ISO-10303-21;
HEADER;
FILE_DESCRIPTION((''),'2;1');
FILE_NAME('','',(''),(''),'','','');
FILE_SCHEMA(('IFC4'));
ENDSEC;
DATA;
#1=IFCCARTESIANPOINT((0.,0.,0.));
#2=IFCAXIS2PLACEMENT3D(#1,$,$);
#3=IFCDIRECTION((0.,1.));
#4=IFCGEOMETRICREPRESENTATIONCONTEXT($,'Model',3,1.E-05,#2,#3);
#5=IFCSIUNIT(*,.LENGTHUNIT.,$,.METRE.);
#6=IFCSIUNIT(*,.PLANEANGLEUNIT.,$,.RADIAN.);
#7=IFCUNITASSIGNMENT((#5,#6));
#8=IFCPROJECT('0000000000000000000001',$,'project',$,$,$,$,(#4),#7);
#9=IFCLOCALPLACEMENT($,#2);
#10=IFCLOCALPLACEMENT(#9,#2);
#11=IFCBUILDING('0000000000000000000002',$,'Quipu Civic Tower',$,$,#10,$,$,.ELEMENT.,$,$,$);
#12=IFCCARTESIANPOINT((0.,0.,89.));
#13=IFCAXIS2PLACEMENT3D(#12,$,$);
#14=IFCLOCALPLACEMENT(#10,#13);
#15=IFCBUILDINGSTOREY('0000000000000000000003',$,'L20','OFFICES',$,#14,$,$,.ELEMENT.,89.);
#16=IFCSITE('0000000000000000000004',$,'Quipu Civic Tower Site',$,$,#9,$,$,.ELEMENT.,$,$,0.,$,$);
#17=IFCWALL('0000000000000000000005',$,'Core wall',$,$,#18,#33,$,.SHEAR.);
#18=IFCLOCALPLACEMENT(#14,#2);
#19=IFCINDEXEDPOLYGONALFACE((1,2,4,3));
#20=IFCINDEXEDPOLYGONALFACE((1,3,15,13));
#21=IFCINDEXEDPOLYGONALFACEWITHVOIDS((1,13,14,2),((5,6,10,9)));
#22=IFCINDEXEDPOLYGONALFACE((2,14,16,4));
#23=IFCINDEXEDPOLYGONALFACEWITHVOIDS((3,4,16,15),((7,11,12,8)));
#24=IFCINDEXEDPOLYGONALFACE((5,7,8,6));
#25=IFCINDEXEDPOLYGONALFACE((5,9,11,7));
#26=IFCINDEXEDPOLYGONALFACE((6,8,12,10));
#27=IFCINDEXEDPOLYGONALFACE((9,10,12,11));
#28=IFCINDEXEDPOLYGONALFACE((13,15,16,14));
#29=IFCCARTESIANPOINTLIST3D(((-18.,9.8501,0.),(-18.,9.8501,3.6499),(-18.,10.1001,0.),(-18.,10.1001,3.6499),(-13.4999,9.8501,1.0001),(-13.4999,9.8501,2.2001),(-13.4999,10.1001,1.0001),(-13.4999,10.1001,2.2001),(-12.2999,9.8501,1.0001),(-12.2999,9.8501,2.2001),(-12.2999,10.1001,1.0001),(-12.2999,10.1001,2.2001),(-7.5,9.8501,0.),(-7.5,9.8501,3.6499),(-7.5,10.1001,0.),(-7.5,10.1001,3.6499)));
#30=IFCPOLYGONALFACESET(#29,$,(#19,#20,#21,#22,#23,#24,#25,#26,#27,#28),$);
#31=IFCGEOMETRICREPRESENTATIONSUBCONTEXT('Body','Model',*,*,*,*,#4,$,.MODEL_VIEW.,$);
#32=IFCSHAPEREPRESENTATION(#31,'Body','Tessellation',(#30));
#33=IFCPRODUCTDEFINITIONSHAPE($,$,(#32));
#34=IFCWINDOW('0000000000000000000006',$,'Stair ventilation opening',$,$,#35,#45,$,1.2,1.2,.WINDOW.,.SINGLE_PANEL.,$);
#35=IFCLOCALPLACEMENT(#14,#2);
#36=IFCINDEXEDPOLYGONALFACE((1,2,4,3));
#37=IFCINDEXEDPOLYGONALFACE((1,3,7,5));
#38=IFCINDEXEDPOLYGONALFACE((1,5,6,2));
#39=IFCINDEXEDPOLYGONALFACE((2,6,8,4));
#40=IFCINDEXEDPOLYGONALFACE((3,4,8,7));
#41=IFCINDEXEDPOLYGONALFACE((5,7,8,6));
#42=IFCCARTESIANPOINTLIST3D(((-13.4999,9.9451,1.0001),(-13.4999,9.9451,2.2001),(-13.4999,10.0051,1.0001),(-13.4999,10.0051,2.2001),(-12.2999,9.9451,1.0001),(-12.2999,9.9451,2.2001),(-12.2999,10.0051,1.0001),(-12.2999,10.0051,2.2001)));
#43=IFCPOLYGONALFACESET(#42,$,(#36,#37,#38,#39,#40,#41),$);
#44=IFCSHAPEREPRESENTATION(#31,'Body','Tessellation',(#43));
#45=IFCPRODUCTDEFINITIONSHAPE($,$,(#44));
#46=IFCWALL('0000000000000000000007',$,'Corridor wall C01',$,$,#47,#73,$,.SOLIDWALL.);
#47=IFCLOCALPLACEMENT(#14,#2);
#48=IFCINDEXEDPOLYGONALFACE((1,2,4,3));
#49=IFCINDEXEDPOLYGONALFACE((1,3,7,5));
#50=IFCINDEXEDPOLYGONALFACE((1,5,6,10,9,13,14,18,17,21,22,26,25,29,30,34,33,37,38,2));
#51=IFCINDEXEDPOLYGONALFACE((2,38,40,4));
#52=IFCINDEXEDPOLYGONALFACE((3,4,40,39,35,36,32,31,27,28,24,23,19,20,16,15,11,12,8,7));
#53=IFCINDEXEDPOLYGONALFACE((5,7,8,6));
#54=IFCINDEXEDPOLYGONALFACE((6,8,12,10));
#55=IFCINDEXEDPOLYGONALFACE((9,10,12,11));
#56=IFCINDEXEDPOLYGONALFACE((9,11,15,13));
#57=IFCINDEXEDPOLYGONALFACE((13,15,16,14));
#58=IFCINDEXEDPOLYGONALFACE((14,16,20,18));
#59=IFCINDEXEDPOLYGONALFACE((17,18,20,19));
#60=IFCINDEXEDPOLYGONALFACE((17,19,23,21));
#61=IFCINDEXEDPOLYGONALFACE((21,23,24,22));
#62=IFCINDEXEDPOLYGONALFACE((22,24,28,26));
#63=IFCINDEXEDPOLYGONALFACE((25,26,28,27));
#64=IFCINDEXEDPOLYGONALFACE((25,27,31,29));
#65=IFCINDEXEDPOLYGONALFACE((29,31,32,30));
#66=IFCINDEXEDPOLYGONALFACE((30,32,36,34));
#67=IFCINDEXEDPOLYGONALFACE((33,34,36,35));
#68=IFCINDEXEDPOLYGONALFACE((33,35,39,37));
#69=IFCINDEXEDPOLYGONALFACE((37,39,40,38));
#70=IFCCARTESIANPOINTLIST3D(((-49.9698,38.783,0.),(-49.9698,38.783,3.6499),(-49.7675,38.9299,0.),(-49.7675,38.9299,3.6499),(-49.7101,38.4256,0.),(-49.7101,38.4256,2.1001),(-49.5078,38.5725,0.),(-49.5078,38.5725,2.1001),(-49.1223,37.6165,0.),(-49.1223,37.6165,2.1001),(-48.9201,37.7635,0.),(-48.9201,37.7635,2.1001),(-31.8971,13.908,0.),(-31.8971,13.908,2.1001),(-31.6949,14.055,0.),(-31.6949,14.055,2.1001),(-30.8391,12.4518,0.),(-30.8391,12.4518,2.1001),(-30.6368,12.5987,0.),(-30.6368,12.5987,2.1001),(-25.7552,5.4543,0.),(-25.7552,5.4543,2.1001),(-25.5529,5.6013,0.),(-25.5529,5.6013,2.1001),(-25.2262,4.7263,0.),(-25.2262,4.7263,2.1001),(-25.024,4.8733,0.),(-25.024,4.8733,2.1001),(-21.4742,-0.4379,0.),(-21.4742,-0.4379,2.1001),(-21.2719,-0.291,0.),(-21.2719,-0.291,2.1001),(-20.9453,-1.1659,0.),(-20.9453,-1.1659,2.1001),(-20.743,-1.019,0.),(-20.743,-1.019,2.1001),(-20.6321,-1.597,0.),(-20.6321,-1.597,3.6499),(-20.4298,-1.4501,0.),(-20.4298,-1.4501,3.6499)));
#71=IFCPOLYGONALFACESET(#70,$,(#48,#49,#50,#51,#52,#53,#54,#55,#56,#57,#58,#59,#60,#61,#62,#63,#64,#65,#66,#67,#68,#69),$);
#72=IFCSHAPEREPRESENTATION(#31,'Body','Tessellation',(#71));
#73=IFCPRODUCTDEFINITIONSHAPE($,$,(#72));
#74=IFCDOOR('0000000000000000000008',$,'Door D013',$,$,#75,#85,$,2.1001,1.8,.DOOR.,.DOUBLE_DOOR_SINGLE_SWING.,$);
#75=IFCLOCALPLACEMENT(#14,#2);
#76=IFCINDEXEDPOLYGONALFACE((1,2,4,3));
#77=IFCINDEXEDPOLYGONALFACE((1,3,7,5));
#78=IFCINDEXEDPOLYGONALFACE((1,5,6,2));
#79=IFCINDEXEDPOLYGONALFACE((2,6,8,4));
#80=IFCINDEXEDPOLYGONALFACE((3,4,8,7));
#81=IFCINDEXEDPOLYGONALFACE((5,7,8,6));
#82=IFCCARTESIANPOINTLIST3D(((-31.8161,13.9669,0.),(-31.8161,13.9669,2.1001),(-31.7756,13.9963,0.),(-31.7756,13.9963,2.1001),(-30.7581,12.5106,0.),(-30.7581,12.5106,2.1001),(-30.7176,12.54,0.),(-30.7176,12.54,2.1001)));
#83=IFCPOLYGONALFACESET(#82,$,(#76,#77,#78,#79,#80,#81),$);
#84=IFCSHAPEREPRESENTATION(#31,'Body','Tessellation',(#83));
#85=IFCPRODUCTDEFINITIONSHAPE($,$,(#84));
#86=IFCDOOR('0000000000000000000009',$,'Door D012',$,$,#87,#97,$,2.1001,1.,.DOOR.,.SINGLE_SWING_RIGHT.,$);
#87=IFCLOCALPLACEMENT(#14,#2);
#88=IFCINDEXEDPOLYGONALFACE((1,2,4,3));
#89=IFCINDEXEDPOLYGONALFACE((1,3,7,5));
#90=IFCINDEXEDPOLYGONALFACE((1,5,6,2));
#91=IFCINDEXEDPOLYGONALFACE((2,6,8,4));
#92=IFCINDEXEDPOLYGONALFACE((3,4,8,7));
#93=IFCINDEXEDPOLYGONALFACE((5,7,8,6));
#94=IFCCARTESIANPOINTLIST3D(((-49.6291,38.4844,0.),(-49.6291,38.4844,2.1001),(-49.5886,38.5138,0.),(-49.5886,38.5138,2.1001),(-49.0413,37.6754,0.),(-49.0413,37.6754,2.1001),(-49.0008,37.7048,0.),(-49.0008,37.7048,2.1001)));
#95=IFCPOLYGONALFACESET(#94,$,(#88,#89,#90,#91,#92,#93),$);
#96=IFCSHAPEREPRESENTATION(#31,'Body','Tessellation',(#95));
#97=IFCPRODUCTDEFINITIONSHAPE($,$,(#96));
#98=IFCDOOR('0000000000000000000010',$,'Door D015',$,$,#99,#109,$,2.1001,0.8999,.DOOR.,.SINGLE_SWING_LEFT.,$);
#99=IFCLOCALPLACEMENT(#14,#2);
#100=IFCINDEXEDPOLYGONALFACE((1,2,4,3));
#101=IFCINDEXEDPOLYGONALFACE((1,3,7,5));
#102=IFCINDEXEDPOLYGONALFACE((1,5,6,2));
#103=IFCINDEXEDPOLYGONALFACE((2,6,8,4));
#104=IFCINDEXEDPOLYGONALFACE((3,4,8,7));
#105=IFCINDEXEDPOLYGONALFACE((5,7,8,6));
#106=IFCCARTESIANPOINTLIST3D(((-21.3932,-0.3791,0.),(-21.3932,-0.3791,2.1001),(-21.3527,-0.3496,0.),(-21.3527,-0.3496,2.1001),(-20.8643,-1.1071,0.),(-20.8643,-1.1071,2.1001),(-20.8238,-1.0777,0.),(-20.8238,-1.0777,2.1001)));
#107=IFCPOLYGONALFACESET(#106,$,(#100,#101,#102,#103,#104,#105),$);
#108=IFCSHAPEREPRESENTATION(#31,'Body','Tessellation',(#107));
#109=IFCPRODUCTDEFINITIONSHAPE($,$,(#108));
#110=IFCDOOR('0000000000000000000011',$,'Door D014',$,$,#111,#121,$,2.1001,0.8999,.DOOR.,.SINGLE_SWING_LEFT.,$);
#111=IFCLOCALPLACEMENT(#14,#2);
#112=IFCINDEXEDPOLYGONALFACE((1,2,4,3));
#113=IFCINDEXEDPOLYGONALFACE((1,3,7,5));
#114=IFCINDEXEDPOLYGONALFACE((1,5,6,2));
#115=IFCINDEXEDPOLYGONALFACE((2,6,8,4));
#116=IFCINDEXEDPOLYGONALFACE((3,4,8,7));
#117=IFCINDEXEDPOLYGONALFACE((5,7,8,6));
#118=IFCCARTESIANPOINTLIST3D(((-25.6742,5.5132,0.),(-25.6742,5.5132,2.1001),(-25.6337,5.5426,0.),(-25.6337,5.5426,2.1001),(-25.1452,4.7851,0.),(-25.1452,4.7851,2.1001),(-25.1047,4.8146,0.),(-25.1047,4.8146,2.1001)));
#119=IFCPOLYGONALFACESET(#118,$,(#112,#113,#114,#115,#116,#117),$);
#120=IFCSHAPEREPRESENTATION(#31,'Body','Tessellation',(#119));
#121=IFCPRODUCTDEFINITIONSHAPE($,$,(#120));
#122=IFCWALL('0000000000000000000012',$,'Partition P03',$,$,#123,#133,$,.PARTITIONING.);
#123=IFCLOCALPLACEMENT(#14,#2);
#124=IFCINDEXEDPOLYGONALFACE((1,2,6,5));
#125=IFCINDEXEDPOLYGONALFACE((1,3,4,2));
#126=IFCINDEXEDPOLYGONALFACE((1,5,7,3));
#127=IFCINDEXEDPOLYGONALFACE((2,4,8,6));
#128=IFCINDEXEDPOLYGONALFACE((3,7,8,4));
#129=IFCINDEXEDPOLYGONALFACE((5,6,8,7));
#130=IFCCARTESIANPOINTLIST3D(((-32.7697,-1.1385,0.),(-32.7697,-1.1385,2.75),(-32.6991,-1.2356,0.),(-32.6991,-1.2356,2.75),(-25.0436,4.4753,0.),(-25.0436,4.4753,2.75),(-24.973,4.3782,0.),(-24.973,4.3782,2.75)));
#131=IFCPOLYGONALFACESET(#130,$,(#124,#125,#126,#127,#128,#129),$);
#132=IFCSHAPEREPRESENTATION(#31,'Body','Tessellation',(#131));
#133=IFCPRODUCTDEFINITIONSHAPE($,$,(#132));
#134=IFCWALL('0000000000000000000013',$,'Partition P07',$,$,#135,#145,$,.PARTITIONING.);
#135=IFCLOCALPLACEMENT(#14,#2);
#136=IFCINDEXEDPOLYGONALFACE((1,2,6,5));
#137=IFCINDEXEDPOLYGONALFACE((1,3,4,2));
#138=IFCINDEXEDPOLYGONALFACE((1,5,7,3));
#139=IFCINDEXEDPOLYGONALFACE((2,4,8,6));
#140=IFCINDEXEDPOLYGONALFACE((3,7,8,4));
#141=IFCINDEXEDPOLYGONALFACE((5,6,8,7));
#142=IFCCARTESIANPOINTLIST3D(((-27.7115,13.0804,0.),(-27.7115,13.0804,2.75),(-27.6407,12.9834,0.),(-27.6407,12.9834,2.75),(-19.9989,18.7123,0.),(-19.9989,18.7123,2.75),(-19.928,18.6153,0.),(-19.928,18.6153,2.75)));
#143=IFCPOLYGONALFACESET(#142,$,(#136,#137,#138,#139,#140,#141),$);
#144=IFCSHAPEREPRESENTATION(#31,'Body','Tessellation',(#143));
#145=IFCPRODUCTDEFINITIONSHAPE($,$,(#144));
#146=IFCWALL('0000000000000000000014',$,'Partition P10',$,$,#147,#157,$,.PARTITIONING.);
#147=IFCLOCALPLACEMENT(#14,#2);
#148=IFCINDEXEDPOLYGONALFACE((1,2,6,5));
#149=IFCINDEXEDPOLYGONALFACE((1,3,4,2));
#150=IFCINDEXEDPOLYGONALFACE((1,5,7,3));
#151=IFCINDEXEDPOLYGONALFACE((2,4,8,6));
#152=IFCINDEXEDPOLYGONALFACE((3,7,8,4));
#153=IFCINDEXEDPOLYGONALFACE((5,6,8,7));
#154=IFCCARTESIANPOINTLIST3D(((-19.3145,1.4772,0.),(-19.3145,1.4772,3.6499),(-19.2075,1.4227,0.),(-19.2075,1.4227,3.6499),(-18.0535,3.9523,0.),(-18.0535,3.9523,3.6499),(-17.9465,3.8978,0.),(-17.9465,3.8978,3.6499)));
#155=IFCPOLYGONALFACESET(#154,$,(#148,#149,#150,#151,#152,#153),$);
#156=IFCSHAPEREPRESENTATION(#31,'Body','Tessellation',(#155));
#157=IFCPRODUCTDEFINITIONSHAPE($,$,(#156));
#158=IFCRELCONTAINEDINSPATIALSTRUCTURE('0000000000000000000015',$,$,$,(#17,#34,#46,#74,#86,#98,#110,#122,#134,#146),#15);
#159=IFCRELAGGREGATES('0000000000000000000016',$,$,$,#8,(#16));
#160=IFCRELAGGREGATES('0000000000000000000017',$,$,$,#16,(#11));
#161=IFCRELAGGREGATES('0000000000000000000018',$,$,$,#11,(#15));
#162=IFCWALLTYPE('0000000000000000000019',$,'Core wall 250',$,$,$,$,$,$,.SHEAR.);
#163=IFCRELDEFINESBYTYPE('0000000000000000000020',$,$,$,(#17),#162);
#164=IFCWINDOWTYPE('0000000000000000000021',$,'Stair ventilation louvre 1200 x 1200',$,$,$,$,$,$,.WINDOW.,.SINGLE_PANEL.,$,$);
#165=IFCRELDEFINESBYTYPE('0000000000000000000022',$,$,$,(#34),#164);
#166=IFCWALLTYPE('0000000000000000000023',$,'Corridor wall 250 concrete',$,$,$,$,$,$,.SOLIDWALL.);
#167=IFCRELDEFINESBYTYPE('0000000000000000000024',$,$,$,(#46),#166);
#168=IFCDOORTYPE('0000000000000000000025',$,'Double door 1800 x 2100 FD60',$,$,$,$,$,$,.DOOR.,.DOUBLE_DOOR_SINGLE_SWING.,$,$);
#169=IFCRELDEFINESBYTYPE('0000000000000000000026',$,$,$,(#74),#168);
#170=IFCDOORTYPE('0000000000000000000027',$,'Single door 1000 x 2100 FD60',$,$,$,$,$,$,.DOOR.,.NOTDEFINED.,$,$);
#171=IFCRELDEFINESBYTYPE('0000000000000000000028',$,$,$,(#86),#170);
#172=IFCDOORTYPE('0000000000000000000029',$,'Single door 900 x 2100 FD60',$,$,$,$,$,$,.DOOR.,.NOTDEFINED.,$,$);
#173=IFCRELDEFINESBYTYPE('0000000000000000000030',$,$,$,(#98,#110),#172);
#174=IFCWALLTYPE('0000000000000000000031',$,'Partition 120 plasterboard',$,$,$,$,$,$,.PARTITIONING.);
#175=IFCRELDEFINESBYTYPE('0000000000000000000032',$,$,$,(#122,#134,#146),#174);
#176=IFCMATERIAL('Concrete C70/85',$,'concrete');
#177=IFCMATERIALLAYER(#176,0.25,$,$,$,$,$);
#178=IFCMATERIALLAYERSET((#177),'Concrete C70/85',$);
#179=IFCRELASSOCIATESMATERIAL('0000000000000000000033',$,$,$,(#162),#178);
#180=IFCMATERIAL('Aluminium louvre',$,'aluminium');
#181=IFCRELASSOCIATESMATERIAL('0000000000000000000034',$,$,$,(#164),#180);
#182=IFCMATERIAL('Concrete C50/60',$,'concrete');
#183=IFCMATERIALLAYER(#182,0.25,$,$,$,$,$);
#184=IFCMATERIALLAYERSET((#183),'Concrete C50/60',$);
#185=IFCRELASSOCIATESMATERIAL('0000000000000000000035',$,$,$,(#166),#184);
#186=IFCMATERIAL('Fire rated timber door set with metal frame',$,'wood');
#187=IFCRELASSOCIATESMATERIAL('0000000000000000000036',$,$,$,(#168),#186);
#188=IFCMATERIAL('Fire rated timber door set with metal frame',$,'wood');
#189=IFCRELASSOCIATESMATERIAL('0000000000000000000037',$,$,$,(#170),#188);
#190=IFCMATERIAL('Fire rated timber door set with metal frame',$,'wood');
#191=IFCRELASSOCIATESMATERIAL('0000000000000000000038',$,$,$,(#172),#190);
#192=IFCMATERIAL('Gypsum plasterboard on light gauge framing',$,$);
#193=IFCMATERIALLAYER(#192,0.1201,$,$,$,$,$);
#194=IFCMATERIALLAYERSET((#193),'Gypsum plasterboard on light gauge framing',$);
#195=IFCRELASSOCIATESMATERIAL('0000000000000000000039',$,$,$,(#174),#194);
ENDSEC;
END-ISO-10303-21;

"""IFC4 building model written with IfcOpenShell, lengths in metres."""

from ifc_helpers import new_model, si_unit, direction, frame, frame_2d, origin, place, context, subcontext, project, spatial, rectangle, extrude, material, layer, layer_set, type_object, element, fill, save


model = new_model("IFC4")

# Units and contexts
model_context = context("Model", 3, precision=1e-05, world=origin(), true_north=direction((0.0, 1.0)))
body_context = subcontext(model_context, "Body", "Model", "MODEL_VIEW")
ifc_project = project(units=[si_unit("LENGTHUNIT", "METRE"), si_unit("PLANEANGLEUNIT", "RADIAN")], contexts=[model_context])

# Site, building, storey
site_placement = place(None, origin())
site = spatial("IfcSite", under=ifc_project, at=site_placement, Name="Quipu Civic Tower Site", CompositionType="ELEMENT", RefElevation=0.0)
building_placement = place(site_placement, origin())
building = spatial("IfcBuilding", under=site, at=building_placement, Name="Quipu Civic Tower", CompositionType="ELEMENT")
storey_placement = place(building_placement, frame((0.0, 0.0, 89.0)))
storey = spatial("IfcBuildingStorey", under=building, at=storey_placement, Name="L20", Description="OFFICES", CompositionType="ELEMENT", Elevation=89.0)

# Shared definitions
ifc_material_1 = material(Name="Concrete C70/85", Category="concrete")
ifc_layer_1 = layer(ifc_material_1, 0.25)
ifc_layer_set_1 = layer_set([ifc_layer_1], Name="Concrete C70/85")
wall_type_1 = type_object("IfcWallType", Name="Core wall 250", PredefinedType="SHEAR", material=ifc_layer_set_1)

# Wall, opening, window
wall_1_placement = place(storey_placement, frame((-18.0, 9.9751, 0.0), z_axis=(0.0, 0.0, 1.0), x_axis=(1.0, 0.0, 0.0)))
wall_1 = element("IfcWall", 1, at=wall_1_placement, inside=storey, type_object=wall_type_1, Name="Core wall", PredefinedType="SHEAR", context=body_context, shape_type="SweptSolid", body=[
    extrude(rectangle(XDim=10.5, YDim=0.25, at=frame_2d((5.25, 0.0))), origin(), (0.0, 0.0, 1.0), 3.6499),
])
opening_1_placement = place(wall_1_placement, frame((4.5, 0.0, 1.0)))
opening_1 = element("IfcOpeningElement", 2, at=opening_1_placement, cuts=wall_1, PredefinedType="OPENING", context=body_context, shape_type="SweptSolid", body=[
    extrude(rectangle(XDim=1.2, YDim=1.2, at=frame_2d((0.6001, 0.6001))), frame((0.0, 0.135, 0.0), z_axis=(0.0, -1.0, 0.0), x_axis=(1.0, 0.0, 0.0)), (0.0, 0.0, 1.0), 0.27),
])
ifc_material_2 = material(Name="Aluminium louvre", Category="aluminium")
window_type = type_object("IfcWindowType", Name="Stair ventilation louvre 1200 x 1200", PartitioningType="SINGLE_PANEL", PredefinedType="WINDOW", material=ifc_material_2)
window_placement = place(opening_1_placement, origin())
window = element("IfcWindow", 3, at=window_placement, inside=storey, type_object=window_type, Name="Stair ventilation opening", OverallHeight=1.2, OverallWidth=1.2, PartitioningType="SINGLE_PANEL", PredefinedType="WINDOW", context=body_context, shape_type="SweptSolid", body=[
    extrude(rectangle(XDim=1.2, YDim=1.2, at=frame_2d((0.6001, 0.6001))), frame((0.0, 0.03, 0.0), z_axis=(0.0, -1.0, 0.0), x_axis=(1.0, 0.0, 0.0)), (0.0, 0.0, 1.0), 0.0601),
])
fill(opening_1, window)

# Wall, openings, doors
ifc_material_3 = material(Name="Concrete C50/60", Category="concrete")
ifc_layer_2 = layer(ifc_material_3, 0.25)
ifc_layer_set_2 = layer_set([ifc_layer_2], Name="Concrete C50/60")
wall_type_2 = type_object("IfcWallType", Name="Corridor wall 250 concrete", PredefinedType="SOLIDWALL", material=ifc_layer_set_2)
wall_2_placement = place(storey_placement, frame((-20.531, -1.5234, 0.0), z_axis=(0.0, 0.0, 1.0), x_axis=(-0.587785, 0.809018, 0.0)))
wall_2 = element("IfcWall", 4, at=wall_2_placement, inside=storey, type_object=wall_type_2, Name="Corridor wall C01", PredefinedType="SOLIDWALL", context=body_context, shape_type="SweptSolid", body=[
    extrude(rectangle(XDim=49.9124, YDim=0.25, at=frame_2d((24.9561, 0.0))), origin(), (0.0, 0.0, 1.0), 3.6499),
])
opening_2_placement = place(wall_2_placement, frame((0.5327, 0.0, 0.0)))
opening_2 = element("IfcOpeningElement", 5, at=opening_2_placement, cuts=wall_2, PredefinedType="OPENING", context=body_context, shape_type="SweptSolid", body=[
    extrude(rectangle(XDim=0.8999, YDim=2.1001, at=frame_2d((0.45, 1.05))), frame((0.0, 0.135, 0.0), z_axis=(0.0, -1.0, 0.0), x_axis=(1.0, 0.0, 0.0)), (0.0, 0.0, 1.0), 0.27),
])
opening_3_placement = place(wall_2_placement, frame((48.4705, 0.0, 0.0)))
opening_3 = element("IfcOpeningElement", 6, at=opening_3_placement, cuts=wall_2, PredefinedType="OPENING", context=body_context, shape_type="SweptSolid", body=[
    extrude(rectangle(XDim=1.0, YDim=2.1001, at=frame_2d((0.5, 1.05))), frame((0.0, 0.135, 0.0), z_axis=(0.0, -1.0, 0.0), x_axis=(1.0, 0.0, 0.0)), (0.0, 0.0, 1.0), 0.27),
])
opening_4_placement = place(wall_2_placement, frame((17.3652, 0.0, 0.0)))
opening_4 = element("IfcOpeningElement", 7, at=opening_4_placement, cuts=wall_2, PredefinedType="OPENING", context=body_context, shape_type="SweptSolid", body=[
    extrude(rectangle(XDim=1.8, YDim=2.1001, at=frame_2d((0.8999, 1.05))), frame((0.0, 0.135, 0.0), z_axis=(0.0, -1.0, 0.0), x_axis=(1.0, 0.0, 0.0)), (0.0, 0.0, 1.0), 0.27),
])
opening_5_placement = place(wall_2_placement, frame((7.8159, 0.0, 0.0)))
opening_5 = element("IfcOpeningElement", 8, at=opening_5_placement, cuts=wall_2, PredefinedType="OPENING", context=body_context, shape_type="SweptSolid", body=[
    extrude(rectangle(XDim=0.8999, YDim=2.1001, at=frame_2d((0.45, 1.05))), frame((0.0, 0.135, 0.0), z_axis=(0.0, -1.0, 0.0), x_axis=(1.0, 0.0, 0.0)), (0.0, 0.0, 1.0), 0.27),
])
ifc_material_4 = material(Name="Fire rated timber door set with metal frame", Category="wood")
door_type_1 = type_object("IfcDoorType", Name="Double door 1800 x 2100 FD60", OperationType="DOUBLE_DOOR_SINGLE_SWING", PredefinedType="DOOR", material=ifc_material_4)
door_1_placement = place(opening_4_placement, origin())
door_1 = element("IfcDoor", 9, at=door_1_placement, inside=storey, type_object=door_type_1, Name="Door D013", OperationType="DOUBLE_DOOR_SINGLE_SWING", OverallHeight=2.1001, OverallWidth=1.8, PredefinedType="DOOR", context=body_context, shape_type="SweptSolid", body=[
    extrude(rectangle(XDim=1.8, YDim=2.1001, at=frame_2d((0.8999, 1.05))), frame((0.0, 0.0249, 0.0), z_axis=(0.0, -1.0, 0.0), x_axis=(1.0, 0.0, 0.0)), (0.0, 0.0, 1.0), 0.05),
])
fill(opening_4, door_1)
ifc_material_5 = material(Name="Fire rated timber door set with metal frame", Category="wood")
door_type_2 = type_object("IfcDoorType", Name="Single door 1000 x 2100 FD60", OperationType="NOTDEFINED", PredefinedType="DOOR", material=ifc_material_5)
door_2_placement = place(opening_3_placement, origin())
door_2 = element("IfcDoor", 10, at=door_2_placement, inside=storey, type_object=door_type_2, Name="Door D012", OperationType="SINGLE_SWING_RIGHT", OverallHeight=2.1001, OverallWidth=1.0, PredefinedType="DOOR", context=body_context, shape_type="SweptSolid", body=[
    extrude(rectangle(XDim=1.0, YDim=2.1001, at=frame_2d((0.5, 1.05))), frame((0.0, 0.0249, 0.0), z_axis=(0.0, -1.0, 0.0), x_axis=(1.0, 0.0, 0.0)), (0.0, 0.0, 1.0), 0.05),
])
fill(opening_3, door_2)
ifc_material_6 = material(Name="Fire rated timber door set with metal frame", Category="wood")
door_type_3 = type_object("IfcDoorType", Name="Single door 900 x 2100 FD60", OperationType="NOTDEFINED", PredefinedType="DOOR", material=ifc_material_6)
door_3_placement = place(opening_2_placement, origin())
door_3 = element("IfcDoor", 11, at=door_3_placement, inside=storey, type_object=door_type_3, Name="Door D015", OperationType="SINGLE_SWING_LEFT", OverallHeight=2.1001, OverallWidth=0.8999, PredefinedType="DOOR", context=body_context, shape_type="SweptSolid", body=[
    extrude(rectangle(XDim=0.8999, YDim=2.1001, at=frame_2d((0.45, 1.05))), frame((0.0, 0.0249, 0.0), z_axis=(0.0, -1.0, 0.0), x_axis=(1.0, 0.0, 0.0)), (0.0, 0.0, 1.0), 0.05),
])
fill(opening_2, door_3)
door_4_placement = place(opening_5_placement, origin())
door_4 = element("IfcDoor", 12, at=door_4_placement, inside=storey, type_object=door_type_3, Name="Door D014", OperationType="SINGLE_SWING_LEFT", OverallHeight=2.1001, OverallWidth=0.8999, PredefinedType="DOOR", context=body_context, shape_type="SweptSolid", body=[
    extrude(rectangle(XDim=0.8999, YDim=2.1001, at=frame_2d((0.45, 1.05))), frame((0.0, 0.0249, 0.0), z_axis=(0.0, -1.0, 0.0), x_axis=(1.0, 0.0, 0.0)), (0.0, 0.0, 1.0), 0.05),
])
fill(opening_5, door_4)

# Walls
ifc_material_7 = material(Name="Gypsum plasterboard on light gauge framing")
ifc_layer_3 = layer(ifc_material_7, 0.1201)
ifc_layer_set_3 = layer_set([ifc_layer_3], Name="Gypsum plasterboard on light gauge framing")
wall_type_3 = type_object("IfcWallType", Name="Partition 120 plasterboard", PredefinedType="PARTITIONING", material=ifc_layer_set_3)
wall_3_placement = place(storey_placement, frame((-25.0083, 4.4268, 0.0), z_axis=(0.0, 0.0, 1.0), x_axis=(-0.808995, -0.587816, 0.0)))
element("IfcWall", 13, at=wall_3_placement, inside=storey, type_object=wall_type_3, Name="Partition P03", PredefinedType="PARTITIONING", context=body_context, shape_type="SweptSolid", body=[
    extrude(rectangle(XDim=9.5503, YDim=0.1201, at=frame_2d((4.7751, 0.0))), origin(), (0.0, 0.0, 1.0), 2.75),
])
wall_4_placement = place(storey_placement, frame((-27.676, 13.032, 0.0), z_axis=(0.0, 0.0, 1.0), x_axis=(0.807607, 0.589721, 0.0)))
element("IfcWall", 14, at=wall_4_placement, inside=storey, type_object=wall_type_3, Name="Partition P07", PredefinedType="PARTITIONING", context=body_context, shape_type="SweptSolid", body=[
    extrude(rectangle(XDim=9.55, YDim=0.1201, at=frame_2d((4.7749, 0.0))), origin(), (0.0, 0.0, 1.0), 2.75),
])
wall_5_placement = place(storey_placement, frame((-19.261, 1.45, 0.0), z_axis=(0.0, 0.0, 1.0), x_axis=(0.453951, 0.891027, 0.0)))
element("IfcWall", 15, at=wall_5_placement, inside=storey, type_object=wall_type_3, Name="Partition P10", PredefinedType="PARTITIONING", context=body_context, shape_type="SweptSolid", body=[
    extrude(rectangle(XDim=2.7778, YDim=0.1201, at=frame_2d((1.3889, 0.0))), origin(), (0.0, 0.0, 1.0), 3.6499),
])

save(model, "model.ifc")
